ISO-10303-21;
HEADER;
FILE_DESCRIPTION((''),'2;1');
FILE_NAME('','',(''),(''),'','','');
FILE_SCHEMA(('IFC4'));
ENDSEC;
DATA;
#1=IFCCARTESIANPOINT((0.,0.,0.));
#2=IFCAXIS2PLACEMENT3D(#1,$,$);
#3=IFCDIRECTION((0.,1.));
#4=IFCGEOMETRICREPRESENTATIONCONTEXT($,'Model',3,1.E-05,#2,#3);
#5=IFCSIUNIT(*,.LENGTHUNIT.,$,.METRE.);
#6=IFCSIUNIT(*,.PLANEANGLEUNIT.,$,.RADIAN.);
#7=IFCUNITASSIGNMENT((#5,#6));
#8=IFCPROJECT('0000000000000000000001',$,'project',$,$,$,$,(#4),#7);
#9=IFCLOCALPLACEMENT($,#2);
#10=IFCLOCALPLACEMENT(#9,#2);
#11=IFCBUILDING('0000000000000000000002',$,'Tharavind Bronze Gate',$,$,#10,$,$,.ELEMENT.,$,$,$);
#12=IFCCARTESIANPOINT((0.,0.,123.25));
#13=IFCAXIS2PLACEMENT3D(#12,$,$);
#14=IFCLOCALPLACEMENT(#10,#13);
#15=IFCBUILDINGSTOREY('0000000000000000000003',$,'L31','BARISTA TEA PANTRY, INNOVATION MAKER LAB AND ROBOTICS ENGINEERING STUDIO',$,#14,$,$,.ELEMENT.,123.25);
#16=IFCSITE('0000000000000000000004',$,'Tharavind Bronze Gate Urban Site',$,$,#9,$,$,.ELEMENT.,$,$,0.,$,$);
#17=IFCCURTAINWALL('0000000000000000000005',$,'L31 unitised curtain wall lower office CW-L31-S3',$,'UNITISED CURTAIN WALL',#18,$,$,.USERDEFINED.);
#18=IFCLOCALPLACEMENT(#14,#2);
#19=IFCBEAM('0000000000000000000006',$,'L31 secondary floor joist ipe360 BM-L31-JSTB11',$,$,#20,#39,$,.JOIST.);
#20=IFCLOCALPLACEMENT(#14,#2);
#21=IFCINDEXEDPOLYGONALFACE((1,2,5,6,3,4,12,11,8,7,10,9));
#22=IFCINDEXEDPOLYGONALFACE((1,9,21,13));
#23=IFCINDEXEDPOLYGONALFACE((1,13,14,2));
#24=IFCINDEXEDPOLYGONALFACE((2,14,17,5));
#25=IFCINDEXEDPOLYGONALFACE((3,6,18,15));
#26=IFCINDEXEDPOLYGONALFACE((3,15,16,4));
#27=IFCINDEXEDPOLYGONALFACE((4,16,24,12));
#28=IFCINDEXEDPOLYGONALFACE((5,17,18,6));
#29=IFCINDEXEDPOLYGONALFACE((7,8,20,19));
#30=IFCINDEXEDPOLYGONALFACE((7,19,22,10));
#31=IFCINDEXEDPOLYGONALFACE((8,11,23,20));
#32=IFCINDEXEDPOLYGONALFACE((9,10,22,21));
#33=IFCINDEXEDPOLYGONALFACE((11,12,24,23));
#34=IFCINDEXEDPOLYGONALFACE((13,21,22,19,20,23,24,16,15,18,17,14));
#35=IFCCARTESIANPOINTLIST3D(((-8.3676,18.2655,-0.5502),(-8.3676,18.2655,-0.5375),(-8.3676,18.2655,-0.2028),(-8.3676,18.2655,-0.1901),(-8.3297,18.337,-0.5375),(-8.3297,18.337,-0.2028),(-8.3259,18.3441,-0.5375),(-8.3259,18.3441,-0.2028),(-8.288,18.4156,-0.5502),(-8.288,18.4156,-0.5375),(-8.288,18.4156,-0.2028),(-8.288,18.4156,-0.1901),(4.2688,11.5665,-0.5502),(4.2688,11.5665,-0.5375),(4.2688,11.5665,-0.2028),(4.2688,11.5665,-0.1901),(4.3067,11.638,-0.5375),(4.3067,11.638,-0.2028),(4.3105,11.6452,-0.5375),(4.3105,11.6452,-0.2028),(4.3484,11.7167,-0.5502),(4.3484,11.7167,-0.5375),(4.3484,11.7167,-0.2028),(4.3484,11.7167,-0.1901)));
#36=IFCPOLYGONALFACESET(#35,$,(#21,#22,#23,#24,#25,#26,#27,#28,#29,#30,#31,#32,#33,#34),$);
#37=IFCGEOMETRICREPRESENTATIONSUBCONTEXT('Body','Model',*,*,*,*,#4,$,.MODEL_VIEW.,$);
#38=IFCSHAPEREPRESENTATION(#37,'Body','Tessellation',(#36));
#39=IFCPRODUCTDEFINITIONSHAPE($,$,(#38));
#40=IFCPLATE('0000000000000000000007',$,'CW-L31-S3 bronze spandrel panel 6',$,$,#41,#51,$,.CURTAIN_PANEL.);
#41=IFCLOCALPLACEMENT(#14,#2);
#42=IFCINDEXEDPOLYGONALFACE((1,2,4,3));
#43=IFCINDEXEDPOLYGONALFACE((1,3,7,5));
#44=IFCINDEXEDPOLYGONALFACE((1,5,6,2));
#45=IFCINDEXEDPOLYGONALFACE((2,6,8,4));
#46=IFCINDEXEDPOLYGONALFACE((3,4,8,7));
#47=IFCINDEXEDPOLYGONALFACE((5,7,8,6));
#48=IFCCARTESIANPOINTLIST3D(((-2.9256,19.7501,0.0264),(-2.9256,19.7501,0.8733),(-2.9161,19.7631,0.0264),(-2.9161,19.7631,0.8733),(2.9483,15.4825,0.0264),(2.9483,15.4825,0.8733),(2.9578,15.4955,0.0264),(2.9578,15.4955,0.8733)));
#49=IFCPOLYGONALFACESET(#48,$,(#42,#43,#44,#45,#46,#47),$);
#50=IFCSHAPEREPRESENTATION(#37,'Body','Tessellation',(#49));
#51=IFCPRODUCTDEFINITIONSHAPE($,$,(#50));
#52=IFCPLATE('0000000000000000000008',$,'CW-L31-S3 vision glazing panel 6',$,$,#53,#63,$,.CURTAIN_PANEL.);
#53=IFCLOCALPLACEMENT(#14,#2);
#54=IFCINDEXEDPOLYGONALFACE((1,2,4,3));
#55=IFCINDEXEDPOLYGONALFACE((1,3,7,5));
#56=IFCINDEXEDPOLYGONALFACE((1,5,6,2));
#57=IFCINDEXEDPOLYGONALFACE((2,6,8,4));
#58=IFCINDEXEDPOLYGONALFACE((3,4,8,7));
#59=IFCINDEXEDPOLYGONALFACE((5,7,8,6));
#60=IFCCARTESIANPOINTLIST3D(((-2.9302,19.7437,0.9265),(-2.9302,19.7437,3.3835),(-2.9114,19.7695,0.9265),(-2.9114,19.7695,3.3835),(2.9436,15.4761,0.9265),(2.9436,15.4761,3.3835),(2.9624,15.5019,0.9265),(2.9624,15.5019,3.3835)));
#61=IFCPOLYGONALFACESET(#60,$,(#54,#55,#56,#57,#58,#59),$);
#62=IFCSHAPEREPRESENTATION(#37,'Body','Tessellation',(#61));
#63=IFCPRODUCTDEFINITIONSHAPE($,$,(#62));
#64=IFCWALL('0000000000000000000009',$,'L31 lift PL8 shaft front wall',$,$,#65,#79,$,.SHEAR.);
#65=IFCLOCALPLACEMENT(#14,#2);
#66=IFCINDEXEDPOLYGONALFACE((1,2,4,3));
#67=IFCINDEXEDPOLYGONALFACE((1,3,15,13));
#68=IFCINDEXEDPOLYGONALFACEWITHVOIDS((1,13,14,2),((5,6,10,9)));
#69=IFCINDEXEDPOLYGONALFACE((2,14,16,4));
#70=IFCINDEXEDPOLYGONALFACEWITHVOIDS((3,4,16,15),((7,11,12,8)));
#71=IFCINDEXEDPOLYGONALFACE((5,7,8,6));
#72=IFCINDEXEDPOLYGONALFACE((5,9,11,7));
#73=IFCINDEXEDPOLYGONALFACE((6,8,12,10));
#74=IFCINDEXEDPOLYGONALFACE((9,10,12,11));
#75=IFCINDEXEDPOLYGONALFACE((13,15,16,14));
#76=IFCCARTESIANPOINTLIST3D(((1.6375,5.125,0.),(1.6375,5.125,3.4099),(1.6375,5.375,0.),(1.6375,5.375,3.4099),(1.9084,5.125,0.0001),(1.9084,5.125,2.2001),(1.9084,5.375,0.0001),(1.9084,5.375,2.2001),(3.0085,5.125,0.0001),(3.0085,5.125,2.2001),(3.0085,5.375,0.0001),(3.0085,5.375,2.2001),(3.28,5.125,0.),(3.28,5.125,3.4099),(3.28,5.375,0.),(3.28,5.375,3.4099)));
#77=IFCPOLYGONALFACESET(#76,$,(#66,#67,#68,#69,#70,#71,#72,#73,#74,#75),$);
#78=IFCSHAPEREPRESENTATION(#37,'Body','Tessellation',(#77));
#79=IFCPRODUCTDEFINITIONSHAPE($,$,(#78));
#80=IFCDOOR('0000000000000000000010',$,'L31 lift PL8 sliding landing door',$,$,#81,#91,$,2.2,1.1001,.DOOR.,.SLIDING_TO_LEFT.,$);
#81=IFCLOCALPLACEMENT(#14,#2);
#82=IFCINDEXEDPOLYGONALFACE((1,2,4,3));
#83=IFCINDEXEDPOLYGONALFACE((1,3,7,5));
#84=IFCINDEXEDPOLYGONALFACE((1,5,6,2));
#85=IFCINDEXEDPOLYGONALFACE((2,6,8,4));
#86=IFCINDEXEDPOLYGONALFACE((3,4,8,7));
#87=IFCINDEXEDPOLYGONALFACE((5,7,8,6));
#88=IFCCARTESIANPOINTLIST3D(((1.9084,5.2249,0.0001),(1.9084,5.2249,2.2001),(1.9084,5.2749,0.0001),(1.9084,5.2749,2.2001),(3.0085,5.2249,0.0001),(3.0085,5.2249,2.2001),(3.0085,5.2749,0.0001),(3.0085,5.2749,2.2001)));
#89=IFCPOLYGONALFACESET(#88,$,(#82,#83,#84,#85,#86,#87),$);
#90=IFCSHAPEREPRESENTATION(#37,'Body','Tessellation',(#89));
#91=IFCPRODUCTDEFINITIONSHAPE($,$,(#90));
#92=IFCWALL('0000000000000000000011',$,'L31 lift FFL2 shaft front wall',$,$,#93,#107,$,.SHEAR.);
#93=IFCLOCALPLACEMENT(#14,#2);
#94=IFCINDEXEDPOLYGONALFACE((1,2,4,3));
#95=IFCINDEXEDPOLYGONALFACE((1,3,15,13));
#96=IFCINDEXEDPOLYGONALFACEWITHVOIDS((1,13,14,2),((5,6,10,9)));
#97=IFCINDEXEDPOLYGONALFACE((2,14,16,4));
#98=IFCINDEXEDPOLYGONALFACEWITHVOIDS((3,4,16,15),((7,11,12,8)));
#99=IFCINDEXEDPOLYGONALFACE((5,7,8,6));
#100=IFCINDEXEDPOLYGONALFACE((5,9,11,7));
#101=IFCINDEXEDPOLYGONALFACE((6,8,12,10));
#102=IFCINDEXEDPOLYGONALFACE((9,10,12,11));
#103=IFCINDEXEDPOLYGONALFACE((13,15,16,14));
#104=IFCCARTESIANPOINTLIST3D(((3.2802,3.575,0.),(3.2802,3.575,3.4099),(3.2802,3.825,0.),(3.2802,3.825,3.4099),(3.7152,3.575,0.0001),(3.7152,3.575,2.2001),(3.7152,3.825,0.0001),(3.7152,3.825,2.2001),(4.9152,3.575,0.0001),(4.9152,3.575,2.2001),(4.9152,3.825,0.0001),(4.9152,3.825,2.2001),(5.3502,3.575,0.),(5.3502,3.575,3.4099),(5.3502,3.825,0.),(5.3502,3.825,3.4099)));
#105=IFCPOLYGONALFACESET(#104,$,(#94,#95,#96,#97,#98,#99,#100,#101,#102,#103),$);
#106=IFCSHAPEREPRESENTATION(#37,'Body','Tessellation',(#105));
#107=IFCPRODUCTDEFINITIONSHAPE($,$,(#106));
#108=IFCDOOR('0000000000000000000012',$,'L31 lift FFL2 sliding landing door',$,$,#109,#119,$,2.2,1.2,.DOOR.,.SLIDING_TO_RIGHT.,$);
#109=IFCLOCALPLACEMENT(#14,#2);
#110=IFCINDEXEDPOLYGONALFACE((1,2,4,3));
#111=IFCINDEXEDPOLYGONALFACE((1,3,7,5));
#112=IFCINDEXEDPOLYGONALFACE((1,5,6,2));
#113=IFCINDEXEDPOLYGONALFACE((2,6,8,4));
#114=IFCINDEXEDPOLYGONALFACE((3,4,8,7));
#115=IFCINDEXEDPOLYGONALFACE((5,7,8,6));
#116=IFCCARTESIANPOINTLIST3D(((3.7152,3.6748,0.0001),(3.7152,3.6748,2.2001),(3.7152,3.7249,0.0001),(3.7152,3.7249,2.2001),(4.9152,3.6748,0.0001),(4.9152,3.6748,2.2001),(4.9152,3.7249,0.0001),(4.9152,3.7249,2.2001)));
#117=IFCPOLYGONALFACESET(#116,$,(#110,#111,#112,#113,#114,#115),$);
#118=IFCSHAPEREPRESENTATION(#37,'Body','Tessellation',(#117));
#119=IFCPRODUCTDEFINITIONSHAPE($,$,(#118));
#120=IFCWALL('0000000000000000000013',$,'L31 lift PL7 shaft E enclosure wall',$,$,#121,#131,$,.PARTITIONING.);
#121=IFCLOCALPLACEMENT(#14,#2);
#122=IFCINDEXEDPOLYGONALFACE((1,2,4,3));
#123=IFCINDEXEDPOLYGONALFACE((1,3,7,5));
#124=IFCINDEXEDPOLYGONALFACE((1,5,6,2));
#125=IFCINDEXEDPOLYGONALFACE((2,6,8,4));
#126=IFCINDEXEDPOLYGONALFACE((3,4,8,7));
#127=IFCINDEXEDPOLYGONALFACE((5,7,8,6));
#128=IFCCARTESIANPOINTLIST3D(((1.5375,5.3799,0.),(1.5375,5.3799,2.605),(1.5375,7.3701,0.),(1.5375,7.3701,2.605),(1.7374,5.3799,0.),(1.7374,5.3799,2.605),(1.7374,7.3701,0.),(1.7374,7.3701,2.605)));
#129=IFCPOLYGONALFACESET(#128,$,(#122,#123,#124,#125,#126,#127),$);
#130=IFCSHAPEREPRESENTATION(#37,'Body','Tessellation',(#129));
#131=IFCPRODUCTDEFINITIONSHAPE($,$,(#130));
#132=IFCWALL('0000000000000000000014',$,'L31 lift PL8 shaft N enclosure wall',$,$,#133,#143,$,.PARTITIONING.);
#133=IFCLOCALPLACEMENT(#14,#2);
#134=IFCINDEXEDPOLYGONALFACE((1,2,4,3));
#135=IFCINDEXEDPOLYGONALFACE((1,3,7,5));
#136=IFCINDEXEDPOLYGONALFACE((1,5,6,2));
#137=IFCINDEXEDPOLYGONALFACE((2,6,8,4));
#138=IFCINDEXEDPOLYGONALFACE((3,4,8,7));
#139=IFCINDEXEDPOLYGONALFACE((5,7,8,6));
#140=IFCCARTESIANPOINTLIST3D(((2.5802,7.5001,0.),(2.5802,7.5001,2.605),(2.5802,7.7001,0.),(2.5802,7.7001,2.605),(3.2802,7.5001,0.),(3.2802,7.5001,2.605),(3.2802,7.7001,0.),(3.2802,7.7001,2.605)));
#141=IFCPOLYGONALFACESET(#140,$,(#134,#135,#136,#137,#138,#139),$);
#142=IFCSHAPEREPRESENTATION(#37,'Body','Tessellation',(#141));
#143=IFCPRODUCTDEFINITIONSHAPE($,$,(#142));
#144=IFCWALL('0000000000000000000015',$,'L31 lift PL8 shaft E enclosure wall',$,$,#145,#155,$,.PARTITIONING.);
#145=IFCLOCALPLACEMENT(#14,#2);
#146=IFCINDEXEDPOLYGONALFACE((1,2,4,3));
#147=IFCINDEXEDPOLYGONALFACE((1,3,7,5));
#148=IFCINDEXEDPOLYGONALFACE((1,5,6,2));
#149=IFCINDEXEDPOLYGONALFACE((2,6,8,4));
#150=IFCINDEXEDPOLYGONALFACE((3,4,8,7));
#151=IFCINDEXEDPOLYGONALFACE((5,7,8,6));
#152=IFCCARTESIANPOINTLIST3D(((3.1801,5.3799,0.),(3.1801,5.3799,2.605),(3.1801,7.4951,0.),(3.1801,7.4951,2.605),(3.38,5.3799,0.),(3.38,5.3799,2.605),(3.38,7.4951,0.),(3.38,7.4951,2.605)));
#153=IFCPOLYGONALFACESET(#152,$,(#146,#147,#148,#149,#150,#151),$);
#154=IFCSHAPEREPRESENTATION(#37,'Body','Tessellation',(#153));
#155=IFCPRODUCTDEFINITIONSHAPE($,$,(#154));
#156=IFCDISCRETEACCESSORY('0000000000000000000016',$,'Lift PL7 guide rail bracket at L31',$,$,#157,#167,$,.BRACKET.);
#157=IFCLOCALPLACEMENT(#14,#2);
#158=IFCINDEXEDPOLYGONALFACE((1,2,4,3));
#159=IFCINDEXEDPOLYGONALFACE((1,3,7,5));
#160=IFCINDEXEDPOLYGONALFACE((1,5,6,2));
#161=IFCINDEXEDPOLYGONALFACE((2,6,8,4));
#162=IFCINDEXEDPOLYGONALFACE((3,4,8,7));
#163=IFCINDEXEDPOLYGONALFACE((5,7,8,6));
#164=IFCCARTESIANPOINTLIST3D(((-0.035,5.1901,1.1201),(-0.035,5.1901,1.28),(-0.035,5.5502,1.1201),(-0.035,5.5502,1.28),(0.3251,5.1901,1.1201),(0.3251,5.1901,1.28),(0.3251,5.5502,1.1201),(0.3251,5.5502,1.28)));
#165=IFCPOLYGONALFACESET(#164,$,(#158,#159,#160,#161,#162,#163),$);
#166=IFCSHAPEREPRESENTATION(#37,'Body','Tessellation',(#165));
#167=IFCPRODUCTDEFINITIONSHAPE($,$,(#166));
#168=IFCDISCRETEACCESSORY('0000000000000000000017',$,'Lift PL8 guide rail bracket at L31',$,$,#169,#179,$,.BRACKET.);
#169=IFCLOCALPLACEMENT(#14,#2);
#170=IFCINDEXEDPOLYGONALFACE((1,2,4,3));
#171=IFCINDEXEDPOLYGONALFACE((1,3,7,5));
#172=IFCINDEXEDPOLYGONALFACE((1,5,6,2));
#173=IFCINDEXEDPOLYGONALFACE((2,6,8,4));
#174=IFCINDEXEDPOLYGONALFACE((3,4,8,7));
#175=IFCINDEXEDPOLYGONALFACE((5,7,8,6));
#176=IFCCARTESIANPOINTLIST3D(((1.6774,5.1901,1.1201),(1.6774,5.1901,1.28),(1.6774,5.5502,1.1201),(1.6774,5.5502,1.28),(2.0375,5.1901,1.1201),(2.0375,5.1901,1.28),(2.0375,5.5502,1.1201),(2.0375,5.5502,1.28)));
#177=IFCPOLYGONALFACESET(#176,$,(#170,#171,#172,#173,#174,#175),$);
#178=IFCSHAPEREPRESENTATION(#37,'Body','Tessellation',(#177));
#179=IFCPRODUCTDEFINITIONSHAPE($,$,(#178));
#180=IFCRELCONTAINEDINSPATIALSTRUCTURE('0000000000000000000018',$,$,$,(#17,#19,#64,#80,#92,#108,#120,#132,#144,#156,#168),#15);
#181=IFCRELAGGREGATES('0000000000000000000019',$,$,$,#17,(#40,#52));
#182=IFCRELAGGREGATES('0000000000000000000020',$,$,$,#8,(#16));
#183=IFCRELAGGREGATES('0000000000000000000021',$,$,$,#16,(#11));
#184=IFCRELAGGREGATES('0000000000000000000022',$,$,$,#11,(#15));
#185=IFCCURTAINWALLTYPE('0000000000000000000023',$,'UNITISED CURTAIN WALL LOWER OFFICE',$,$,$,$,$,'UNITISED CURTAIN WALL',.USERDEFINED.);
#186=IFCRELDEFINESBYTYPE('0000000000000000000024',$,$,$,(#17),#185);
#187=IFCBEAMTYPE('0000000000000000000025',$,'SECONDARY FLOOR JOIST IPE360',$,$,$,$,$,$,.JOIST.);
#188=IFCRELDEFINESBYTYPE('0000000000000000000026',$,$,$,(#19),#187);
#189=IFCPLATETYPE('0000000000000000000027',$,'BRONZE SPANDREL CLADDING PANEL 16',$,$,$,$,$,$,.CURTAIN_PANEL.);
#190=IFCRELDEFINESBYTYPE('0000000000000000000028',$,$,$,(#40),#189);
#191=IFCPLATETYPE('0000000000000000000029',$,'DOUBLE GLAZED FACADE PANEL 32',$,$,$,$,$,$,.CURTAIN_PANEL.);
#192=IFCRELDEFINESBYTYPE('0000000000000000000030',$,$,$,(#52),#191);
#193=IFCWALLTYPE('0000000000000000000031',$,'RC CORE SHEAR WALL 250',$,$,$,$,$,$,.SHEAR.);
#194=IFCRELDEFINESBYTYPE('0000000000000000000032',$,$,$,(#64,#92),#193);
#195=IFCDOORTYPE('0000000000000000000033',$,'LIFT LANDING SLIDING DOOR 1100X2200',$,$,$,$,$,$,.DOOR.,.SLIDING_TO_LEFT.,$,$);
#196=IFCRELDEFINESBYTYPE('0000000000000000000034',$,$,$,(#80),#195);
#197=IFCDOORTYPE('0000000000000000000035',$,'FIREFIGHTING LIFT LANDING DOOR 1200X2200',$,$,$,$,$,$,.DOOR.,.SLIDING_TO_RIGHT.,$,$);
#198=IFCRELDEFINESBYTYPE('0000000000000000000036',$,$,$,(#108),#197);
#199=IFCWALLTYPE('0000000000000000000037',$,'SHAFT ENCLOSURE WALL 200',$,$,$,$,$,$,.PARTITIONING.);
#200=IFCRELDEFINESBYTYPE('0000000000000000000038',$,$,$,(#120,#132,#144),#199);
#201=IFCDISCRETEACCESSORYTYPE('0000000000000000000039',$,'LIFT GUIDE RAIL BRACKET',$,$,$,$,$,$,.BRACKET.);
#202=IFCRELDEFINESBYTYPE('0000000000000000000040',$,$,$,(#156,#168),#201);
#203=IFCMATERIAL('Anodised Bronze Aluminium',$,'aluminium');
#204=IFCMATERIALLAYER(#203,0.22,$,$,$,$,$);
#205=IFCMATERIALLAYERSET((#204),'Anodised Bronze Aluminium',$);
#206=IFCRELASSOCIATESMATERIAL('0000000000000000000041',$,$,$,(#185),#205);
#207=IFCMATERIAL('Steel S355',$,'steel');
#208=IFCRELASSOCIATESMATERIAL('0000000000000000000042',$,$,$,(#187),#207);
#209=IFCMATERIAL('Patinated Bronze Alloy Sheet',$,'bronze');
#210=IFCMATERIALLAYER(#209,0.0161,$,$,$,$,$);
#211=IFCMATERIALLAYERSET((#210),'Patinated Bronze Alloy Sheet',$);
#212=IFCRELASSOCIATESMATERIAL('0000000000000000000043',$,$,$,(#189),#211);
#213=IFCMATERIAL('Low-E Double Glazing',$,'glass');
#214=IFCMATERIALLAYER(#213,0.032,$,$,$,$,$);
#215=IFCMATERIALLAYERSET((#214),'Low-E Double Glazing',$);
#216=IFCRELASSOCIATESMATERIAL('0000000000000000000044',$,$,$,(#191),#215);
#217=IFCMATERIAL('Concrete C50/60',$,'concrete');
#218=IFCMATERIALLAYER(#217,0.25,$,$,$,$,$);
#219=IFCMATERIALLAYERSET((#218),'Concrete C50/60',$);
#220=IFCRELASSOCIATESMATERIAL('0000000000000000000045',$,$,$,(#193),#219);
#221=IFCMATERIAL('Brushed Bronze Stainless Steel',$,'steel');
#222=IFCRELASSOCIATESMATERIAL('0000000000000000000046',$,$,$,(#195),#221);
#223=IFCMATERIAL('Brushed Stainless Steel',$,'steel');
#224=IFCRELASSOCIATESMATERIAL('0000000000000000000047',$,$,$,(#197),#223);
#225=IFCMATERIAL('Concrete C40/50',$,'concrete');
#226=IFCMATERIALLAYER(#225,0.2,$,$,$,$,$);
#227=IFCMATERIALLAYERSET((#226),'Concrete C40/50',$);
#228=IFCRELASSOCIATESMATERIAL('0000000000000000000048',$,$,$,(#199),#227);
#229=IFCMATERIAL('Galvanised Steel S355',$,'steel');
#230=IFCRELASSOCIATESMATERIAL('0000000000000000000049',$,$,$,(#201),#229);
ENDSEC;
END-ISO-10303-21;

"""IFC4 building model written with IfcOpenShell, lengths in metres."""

from ifc_helpers import new_model, si_unit, direction, frame, frame_2d, origin, origin_2d, place, context, subcontext, project, spatial, rectangle, i_section, extrude, material, layer, layer_set, material_profile, profile_set, type_object, element, fill, aggregate, save


model = new_model("IFC4")

# Units and contexts
model_context = context("Model", 3, precision=1e-05, world=origin(), true_north=direction((0.0, 1.0)))
body_context = subcontext(model_context, "Body", "Model", "MODEL_VIEW")
ifc_project = project(units=[si_unit("LENGTHUNIT", "METRE"), si_unit("PLANEANGLEUNIT", "RADIAN")], contexts=[model_context])

# Site, building, storey
site_placement = place(None, origin())
site = spatial("IfcSite", under=ifc_project, at=site_placement, Name="Tharavind Bronze Gate Urban Site", CompositionType="ELEMENT", RefElevation=0.0)
building_placement = place(site_placement, origin())
building = spatial("IfcBuilding", under=site, at=building_placement, Name="Tharavind Bronze Gate", CompositionType="ELEMENT")
storey_placement = place(building_placement, frame((0.0, 0.0, 123.25)))
storey = spatial("IfcBuildingStorey", under=building, at=storey_placement, Name="L31", Description="BARISTA TEA PANTRY, INNOVATION MAKER LAB AND ROBOTICS ENGINEERING STUDIO", CompositionType="ELEMENT", Elevation=123.25)

# Curtain wall
ifc_material_1 = material(Name="Anodised Bronze Aluminium", Category="aluminium")
ifc_layer_1 = layer(ifc_material_1, 0.22)
ifc_layer_set_1 = layer_set([ifc_layer_1], Name="Anodised Bronze Aluminium")
curtain_wall_type = type_object("IfcCurtainWallType", Name="UNITISED CURTAIN WALL LOWER OFFICE", ElementType="UNITISED CURTAIN WALL", PredefinedType="USERDEFINED", material=ifc_layer_set_1)
curtain_wall_placement = place(storey_placement, origin())
curtain_wall = element("IfcCurtainWall", 1, at=curtain_wall_placement, inside=storey, type_object=curtain_wall_type, Name="L31 unitised curtain wall lower office CW-L31-S3", ObjectType="UNITISED CURTAIN WALL", PredefinedType="USERDEFINED")

# Beam
ifc_material_2 = material(Name="Steel S355", Category="steel")
ifc_material_profile_1 = material_profile(ifc_material_2, i_section(OverallWidth=0.1699, OverallDepth=0.3601, WebThickness=0.0081, FlangeThickness=0.0127, at=origin_2d()), Name="IPE360")
ifc_profile_set_1 = profile_set([ifc_material_profile_1], Name="Steel S355")
beam_type_1 = type_object("IfcBeamType", Name="SECONDARY FLOOR JOIST IPE360", PredefinedType="JOIST", material=ifc_profile_set_1)
beam_1_placement = place(storey_placement, frame((4.3086, 11.6416, -0.3701), z_axis=(-0.883525, 0.468383, 0.0), x_axis=(-0.468383, -0.883525, 0.0)))
element("IfcBeam", 2, at=beam_1_placement, inside=storey, type_object=beam_type_1, Name="L31 secondary floor joist ipe360 BM-L31-JSTB11", PredefinedType="JOIST", context=body_context, shape_type="SweptSolid", body=[
    extrude(i_section(OverallWidth=0.1699, OverallDepth=0.3601, WebThickness=0.0081, FlangeThickness=0.0127, at=origin_2d()), origin(), (0.0, 0.0, 1.0), 14.3022),
])

# Plates
ifc_material_3 = material(Name="Patinated Bronze Alloy Sheet", Category="bronze")
ifc_layer_2 = layer(ifc_material_3, 0.0161)
ifc_layer_set_2 = layer_set([ifc_layer_2], Name="Patinated Bronze Alloy Sheet")
plate_type_1 = type_object("IfcPlateType", Name="BRONZE SPANDREL CLADDING PANEL 16", PredefinedType="CURTAIN_PANEL", material=ifc_layer_set_2)
plate_1_placement = place(storey_placement, frame((0.0161, 17.6228, 0.0264), z_axis=(0.0, 0.0, 1.0), x_axis=(-0.809017, 0.587785, 0.0)))
plate_1 = element("IfcPlate", 3, at=plate_1_placement, type_object=plate_type_1, Name="CW-L31-S3 bronze spandrel panel 6", PredefinedType="CURTAIN_PANEL", context=body_context, shape_type="SweptSolid", body=[
    extrude(rectangle(XDim=7.2605, YDim=0.0161, at=origin_2d()), origin(), (0.0, 0.0, 1.0), 0.8469),
])
ifc_material_4 = material(Name="Low-E Double Glazing", Category="glass")
ifc_layer_3 = layer(ifc_material_4, 0.032)
ifc_layer_set_3 = layer_set([ifc_layer_3], Name="Low-E Double Glazing")
plate_type_2 = type_object("IfcPlateType", Name="DOUBLE GLAZED FACADE PANEL 32", PredefinedType="CURTAIN_PANEL", material=ifc_layer_set_3)
plate_2_placement = place(storey_placement, frame((0.0161, 17.6228, 0.9265), z_axis=(0.0, 0.0, 1.0), x_axis=(-0.809017, 0.587785, 0.0)))
plate_2 = element("IfcPlate", 4, at=plate_2_placement, type_object=plate_type_2, Name="CW-L31-S3 vision glazing panel 6", PredefinedType="CURTAIN_PANEL", context=body_context, shape_type="SweptSolid", body=[
    extrude(rectangle(XDim=7.2605, YDim=0.032, at=origin_2d()), origin(), (0.0, 0.0, 1.0), 2.457),
])
aggregate(curtain_wall, [plate_1, plate_2])

# Walls, openings, doors
ifc_material_5 = material(Name="Concrete C50/60", Category="concrete")
ifc_layer_4 = layer(ifc_material_5, 0.25)
ifc_layer_set_4 = layer_set([ifc_layer_4], Name="Concrete C50/60")
wall_type_1 = type_object("IfcWallType", Name="RC CORE SHEAR WALL 250", PredefinedType="SHEAR", material=ifc_layer_set_4)
wall_1_placement = place(storey_placement, frame((1.6375, 5.25, 0.0), z_axis=(0.0, 0.0, 1.0), x_axis=(1.0, 0.0, 0.0)))
wall_1 = element("IfcWall", 5, at=wall_1_placement, inside=storey, type_object=wall_type_1, Name="L31 lift PL8 shaft front wall", PredefinedType="SHEAR", context=body_context, shape_type="SweptSolid", body=[
    extrude(rectangle(XDim=1.6426, YDim=0.25, at=frame_2d((0.8213, 0.0))), origin(), (0.0, 0.0, 1.0), 3.4099),
])
opening_1_placement = place(wall_1_placement, frame((0.271, 0.0, 0.0)))
opening_1 = element("IfcOpeningElement", 6, at=opening_1_placement, cuts=wall_1, PredefinedType="OPENING", context=body_context, shape_type="SweptSolid", body=[
    extrude(rectangle(XDim=1.1001, YDim=2.2, at=frame_2d((0.55, 1.1001))), frame((0.0, 0.135, 0.0), z_axis=(0.0, -1.0, 0.0), x_axis=(1.0, 0.0, 0.0)), (0.0, 0.0, 1.0), 0.27),
])
ifc_material_6 = material(Name="Brushed Bronze Stainless Steel", Category="steel")
door_type_1 = type_object("IfcDoorType", Name="LIFT LANDING SLIDING DOOR 1100X2200", OperationType="SLIDING_TO_LEFT", PredefinedType="DOOR", material=ifc_material_6)
door_1_placement = place(opening_1_placement, origin())
door_1 = element("IfcDoor", 7, at=door_1_placement, inside=storey, type_object=door_type_1, Name="L31 lift PL8 sliding landing door", OperationType="SLIDING_TO_LEFT", OverallHeight=2.2, OverallWidth=1.1001, PredefinedType="DOOR", context=body_context, shape_type="SweptSolid", body=[
    extrude(rectangle(XDim=1.1001, YDim=2.2, at=frame_2d((0.55, 1.1001))), frame((0.0, 0.0249, 0.0), z_axis=(0.0, -1.0, 0.0), x_axis=(1.0, 0.0, 0.0)), (0.0, 0.0, 1.0), 0.05),
])
fill(opening_1, door_1)
wall_2_placement = place(storey_placement, frame((3.28, 3.7, 0.0), z_axis=(0.0, 0.0, 1.0), x_axis=(1.0, 0.0, 0.0)))
wall_2 = element("IfcWall", 8, at=wall_2_placement, inside=storey, type_object=wall_type_1, Name="L31 lift FFL2 shaft front wall", PredefinedType="SHEAR", context=body_context, shape_type="SweptSolid", body=[
    extrude(rectangle(XDim=2.0701, YDim=0.25, at=frame_2d((1.0352, 0.0))), origin(), (0.0, 0.0, 1.0), 3.4099),
])
opening_2_placement = place(wall_2_placement, frame((0.4351, 0.0, 0.0)))
opening_2 = element("IfcOpeningElement", 9, at=opening_2_placement, cuts=wall_2, PredefinedType="OPENING", context=body_context, shape_type="SweptSolid", body=[
    extrude(rectangle(XDim=1.2, YDim=2.2, at=frame_2d((0.6001, 1.1001))), frame((0.0, 0.135, 0.0), z_axis=(0.0, -1.0, 0.0), x_axis=(1.0, 0.0, 0.0)), (0.0, 0.0, 1.0), 0.27),
])
ifc_material_7 = material(Name="Brushed Stainless Steel", Category="steel")
door_type_2 = type_object("IfcDoorType", Name="FIREFIGHTING LIFT LANDING DOOR 1200X2200", OperationType="SLIDING_TO_RIGHT", PredefinedType="DOOR", material=ifc_material_7)
door_2_placement = place(opening_2_placement, origin())
door_2 = element("IfcDoor", 10, at=door_2_placement, inside=storey, type_object=door_type_2, Name="L31 lift FFL2 sliding landing door", OperationType="SLIDING_TO_RIGHT", OverallHeight=2.2, OverallWidth=1.2, PredefinedType="DOOR", context=body_context, shape_type="SweptSolid", body=[
    extrude(rectangle(XDim=1.2, YDim=2.2, at=frame_2d((0.6001, 1.1001))), frame((0.0, 0.0249, 0.0), z_axis=(0.0, -1.0, 0.0), x_axis=(1.0, 0.0, 0.0)), (0.0, 0.0, 1.0), 0.05),
])
fill(opening_2, door_2)

# Walls
ifc_material_8 = material(Name="Concrete C40/50", Category="concrete")
ifc_layer_5 = layer(ifc_material_8, 0.2)
ifc_layer_set_5 = layer_set([ifc_layer_5], Name="Concrete C40/50")
wall_type_2 = type_object("IfcWallType", Name="SHAFT ENCLOSURE WALL 200", PredefinedType="PARTITIONING", material=ifc_layer_set_5)
wall_3_placement = place(storey_placement, frame((1.6375, 5.3799, 0.0), z_axis=(0.0, 0.0, 1.0), x_axis=(0.0, 1.0, 0.0)))
element("IfcWall", 11, at=wall_3_placement, inside=storey, type_object=wall_type_2, Name="L31 lift PL7 shaft E enclosure wall", PredefinedType="PARTITIONING", context=body_context, shape_type="SweptSolid", body=[
    extrude(rectangle(XDim=1.9902, YDim=0.2, at=frame_2d((0.9951, 0.0))), origin(), (0.0, 0.0, 1.0), 2.605),
])
wall_4_placement = place(storey_placement, frame((2.5801, 7.6001, 0.0), z_axis=(0.0, 0.0, 1.0), x_axis=(1.0, 0.0, 0.0)))
element("IfcWall", 12, at=wall_4_placement, inside=storey, type_object=wall_type_2, Name="L31 lift PL8 shaft N enclosure wall", PredefinedType="PARTITIONING", context=body_context, shape_type="SweptSolid", body=[
    extrude(rectangle(XDim=0.7, YDim=0.2, at=frame_2d((0.3501, 0.0))), origin(), (0.0, 0.0, 1.0), 2.605),
])
wall_5_placement = place(storey_placement, frame((3.28, 5.3799, 0.0), z_axis=(0.0, 0.0, 1.0), x_axis=(0.0, 1.0, 0.0)))
element("IfcWall", 13, at=wall_5_placement, inside=storey, type_object=wall_type_2, Name="L31 lift PL8 shaft E enclosure wall", PredefinedType="PARTITIONING", context=body_context, shape_type="SweptSolid", body=[
    extrude(rectangle(XDim=2.1152, YDim=0.2, at=frame_2d((1.0576, 0.0))), origin(), (0.0, 0.0, 1.0), 2.605),
])

# Discrete accessories
ifc_material_9 = material(Name="Galvanised Steel S355", Category="steel")
discrete_accessory_type = type_object("IfcDiscreteAccessoryType", Name="LIFT GUIDE RAIL BRACKET", PredefinedType="BRACKET", material=ifc_material_9)
for number, where, z_axis, x_axis, name in (
    (14, (0.145, 5.3701, 1.1201), (0.0, 0.0, 1.0), (1.0, 0.0, 0.0), "Lift PL7 guide rail bracket at L31"),
    (15, (1.8574, 5.3701, 1.1201), (0.0, 0.0, 1.0), (1.0, 0.0, 0.0), "Lift PL8 guide rail bracket at L31"),
):
    element("IfcDiscreteAccessory", number, at=place(storey_placement, frame(where, z_axis=z_axis, x_axis=x_axis)), inside=storey, type_object=discrete_accessory_type, Name=name, PredefinedType="BRACKET", context=body_context, shape_type="SweptSolid", body=[
        extrude(rectangle(XDim=0.3601, YDim=0.3601, at=origin_2d()), origin(), (0.0, 0.0, 1.0), 0.1599),
    ])

save(model, "model.ifc")
